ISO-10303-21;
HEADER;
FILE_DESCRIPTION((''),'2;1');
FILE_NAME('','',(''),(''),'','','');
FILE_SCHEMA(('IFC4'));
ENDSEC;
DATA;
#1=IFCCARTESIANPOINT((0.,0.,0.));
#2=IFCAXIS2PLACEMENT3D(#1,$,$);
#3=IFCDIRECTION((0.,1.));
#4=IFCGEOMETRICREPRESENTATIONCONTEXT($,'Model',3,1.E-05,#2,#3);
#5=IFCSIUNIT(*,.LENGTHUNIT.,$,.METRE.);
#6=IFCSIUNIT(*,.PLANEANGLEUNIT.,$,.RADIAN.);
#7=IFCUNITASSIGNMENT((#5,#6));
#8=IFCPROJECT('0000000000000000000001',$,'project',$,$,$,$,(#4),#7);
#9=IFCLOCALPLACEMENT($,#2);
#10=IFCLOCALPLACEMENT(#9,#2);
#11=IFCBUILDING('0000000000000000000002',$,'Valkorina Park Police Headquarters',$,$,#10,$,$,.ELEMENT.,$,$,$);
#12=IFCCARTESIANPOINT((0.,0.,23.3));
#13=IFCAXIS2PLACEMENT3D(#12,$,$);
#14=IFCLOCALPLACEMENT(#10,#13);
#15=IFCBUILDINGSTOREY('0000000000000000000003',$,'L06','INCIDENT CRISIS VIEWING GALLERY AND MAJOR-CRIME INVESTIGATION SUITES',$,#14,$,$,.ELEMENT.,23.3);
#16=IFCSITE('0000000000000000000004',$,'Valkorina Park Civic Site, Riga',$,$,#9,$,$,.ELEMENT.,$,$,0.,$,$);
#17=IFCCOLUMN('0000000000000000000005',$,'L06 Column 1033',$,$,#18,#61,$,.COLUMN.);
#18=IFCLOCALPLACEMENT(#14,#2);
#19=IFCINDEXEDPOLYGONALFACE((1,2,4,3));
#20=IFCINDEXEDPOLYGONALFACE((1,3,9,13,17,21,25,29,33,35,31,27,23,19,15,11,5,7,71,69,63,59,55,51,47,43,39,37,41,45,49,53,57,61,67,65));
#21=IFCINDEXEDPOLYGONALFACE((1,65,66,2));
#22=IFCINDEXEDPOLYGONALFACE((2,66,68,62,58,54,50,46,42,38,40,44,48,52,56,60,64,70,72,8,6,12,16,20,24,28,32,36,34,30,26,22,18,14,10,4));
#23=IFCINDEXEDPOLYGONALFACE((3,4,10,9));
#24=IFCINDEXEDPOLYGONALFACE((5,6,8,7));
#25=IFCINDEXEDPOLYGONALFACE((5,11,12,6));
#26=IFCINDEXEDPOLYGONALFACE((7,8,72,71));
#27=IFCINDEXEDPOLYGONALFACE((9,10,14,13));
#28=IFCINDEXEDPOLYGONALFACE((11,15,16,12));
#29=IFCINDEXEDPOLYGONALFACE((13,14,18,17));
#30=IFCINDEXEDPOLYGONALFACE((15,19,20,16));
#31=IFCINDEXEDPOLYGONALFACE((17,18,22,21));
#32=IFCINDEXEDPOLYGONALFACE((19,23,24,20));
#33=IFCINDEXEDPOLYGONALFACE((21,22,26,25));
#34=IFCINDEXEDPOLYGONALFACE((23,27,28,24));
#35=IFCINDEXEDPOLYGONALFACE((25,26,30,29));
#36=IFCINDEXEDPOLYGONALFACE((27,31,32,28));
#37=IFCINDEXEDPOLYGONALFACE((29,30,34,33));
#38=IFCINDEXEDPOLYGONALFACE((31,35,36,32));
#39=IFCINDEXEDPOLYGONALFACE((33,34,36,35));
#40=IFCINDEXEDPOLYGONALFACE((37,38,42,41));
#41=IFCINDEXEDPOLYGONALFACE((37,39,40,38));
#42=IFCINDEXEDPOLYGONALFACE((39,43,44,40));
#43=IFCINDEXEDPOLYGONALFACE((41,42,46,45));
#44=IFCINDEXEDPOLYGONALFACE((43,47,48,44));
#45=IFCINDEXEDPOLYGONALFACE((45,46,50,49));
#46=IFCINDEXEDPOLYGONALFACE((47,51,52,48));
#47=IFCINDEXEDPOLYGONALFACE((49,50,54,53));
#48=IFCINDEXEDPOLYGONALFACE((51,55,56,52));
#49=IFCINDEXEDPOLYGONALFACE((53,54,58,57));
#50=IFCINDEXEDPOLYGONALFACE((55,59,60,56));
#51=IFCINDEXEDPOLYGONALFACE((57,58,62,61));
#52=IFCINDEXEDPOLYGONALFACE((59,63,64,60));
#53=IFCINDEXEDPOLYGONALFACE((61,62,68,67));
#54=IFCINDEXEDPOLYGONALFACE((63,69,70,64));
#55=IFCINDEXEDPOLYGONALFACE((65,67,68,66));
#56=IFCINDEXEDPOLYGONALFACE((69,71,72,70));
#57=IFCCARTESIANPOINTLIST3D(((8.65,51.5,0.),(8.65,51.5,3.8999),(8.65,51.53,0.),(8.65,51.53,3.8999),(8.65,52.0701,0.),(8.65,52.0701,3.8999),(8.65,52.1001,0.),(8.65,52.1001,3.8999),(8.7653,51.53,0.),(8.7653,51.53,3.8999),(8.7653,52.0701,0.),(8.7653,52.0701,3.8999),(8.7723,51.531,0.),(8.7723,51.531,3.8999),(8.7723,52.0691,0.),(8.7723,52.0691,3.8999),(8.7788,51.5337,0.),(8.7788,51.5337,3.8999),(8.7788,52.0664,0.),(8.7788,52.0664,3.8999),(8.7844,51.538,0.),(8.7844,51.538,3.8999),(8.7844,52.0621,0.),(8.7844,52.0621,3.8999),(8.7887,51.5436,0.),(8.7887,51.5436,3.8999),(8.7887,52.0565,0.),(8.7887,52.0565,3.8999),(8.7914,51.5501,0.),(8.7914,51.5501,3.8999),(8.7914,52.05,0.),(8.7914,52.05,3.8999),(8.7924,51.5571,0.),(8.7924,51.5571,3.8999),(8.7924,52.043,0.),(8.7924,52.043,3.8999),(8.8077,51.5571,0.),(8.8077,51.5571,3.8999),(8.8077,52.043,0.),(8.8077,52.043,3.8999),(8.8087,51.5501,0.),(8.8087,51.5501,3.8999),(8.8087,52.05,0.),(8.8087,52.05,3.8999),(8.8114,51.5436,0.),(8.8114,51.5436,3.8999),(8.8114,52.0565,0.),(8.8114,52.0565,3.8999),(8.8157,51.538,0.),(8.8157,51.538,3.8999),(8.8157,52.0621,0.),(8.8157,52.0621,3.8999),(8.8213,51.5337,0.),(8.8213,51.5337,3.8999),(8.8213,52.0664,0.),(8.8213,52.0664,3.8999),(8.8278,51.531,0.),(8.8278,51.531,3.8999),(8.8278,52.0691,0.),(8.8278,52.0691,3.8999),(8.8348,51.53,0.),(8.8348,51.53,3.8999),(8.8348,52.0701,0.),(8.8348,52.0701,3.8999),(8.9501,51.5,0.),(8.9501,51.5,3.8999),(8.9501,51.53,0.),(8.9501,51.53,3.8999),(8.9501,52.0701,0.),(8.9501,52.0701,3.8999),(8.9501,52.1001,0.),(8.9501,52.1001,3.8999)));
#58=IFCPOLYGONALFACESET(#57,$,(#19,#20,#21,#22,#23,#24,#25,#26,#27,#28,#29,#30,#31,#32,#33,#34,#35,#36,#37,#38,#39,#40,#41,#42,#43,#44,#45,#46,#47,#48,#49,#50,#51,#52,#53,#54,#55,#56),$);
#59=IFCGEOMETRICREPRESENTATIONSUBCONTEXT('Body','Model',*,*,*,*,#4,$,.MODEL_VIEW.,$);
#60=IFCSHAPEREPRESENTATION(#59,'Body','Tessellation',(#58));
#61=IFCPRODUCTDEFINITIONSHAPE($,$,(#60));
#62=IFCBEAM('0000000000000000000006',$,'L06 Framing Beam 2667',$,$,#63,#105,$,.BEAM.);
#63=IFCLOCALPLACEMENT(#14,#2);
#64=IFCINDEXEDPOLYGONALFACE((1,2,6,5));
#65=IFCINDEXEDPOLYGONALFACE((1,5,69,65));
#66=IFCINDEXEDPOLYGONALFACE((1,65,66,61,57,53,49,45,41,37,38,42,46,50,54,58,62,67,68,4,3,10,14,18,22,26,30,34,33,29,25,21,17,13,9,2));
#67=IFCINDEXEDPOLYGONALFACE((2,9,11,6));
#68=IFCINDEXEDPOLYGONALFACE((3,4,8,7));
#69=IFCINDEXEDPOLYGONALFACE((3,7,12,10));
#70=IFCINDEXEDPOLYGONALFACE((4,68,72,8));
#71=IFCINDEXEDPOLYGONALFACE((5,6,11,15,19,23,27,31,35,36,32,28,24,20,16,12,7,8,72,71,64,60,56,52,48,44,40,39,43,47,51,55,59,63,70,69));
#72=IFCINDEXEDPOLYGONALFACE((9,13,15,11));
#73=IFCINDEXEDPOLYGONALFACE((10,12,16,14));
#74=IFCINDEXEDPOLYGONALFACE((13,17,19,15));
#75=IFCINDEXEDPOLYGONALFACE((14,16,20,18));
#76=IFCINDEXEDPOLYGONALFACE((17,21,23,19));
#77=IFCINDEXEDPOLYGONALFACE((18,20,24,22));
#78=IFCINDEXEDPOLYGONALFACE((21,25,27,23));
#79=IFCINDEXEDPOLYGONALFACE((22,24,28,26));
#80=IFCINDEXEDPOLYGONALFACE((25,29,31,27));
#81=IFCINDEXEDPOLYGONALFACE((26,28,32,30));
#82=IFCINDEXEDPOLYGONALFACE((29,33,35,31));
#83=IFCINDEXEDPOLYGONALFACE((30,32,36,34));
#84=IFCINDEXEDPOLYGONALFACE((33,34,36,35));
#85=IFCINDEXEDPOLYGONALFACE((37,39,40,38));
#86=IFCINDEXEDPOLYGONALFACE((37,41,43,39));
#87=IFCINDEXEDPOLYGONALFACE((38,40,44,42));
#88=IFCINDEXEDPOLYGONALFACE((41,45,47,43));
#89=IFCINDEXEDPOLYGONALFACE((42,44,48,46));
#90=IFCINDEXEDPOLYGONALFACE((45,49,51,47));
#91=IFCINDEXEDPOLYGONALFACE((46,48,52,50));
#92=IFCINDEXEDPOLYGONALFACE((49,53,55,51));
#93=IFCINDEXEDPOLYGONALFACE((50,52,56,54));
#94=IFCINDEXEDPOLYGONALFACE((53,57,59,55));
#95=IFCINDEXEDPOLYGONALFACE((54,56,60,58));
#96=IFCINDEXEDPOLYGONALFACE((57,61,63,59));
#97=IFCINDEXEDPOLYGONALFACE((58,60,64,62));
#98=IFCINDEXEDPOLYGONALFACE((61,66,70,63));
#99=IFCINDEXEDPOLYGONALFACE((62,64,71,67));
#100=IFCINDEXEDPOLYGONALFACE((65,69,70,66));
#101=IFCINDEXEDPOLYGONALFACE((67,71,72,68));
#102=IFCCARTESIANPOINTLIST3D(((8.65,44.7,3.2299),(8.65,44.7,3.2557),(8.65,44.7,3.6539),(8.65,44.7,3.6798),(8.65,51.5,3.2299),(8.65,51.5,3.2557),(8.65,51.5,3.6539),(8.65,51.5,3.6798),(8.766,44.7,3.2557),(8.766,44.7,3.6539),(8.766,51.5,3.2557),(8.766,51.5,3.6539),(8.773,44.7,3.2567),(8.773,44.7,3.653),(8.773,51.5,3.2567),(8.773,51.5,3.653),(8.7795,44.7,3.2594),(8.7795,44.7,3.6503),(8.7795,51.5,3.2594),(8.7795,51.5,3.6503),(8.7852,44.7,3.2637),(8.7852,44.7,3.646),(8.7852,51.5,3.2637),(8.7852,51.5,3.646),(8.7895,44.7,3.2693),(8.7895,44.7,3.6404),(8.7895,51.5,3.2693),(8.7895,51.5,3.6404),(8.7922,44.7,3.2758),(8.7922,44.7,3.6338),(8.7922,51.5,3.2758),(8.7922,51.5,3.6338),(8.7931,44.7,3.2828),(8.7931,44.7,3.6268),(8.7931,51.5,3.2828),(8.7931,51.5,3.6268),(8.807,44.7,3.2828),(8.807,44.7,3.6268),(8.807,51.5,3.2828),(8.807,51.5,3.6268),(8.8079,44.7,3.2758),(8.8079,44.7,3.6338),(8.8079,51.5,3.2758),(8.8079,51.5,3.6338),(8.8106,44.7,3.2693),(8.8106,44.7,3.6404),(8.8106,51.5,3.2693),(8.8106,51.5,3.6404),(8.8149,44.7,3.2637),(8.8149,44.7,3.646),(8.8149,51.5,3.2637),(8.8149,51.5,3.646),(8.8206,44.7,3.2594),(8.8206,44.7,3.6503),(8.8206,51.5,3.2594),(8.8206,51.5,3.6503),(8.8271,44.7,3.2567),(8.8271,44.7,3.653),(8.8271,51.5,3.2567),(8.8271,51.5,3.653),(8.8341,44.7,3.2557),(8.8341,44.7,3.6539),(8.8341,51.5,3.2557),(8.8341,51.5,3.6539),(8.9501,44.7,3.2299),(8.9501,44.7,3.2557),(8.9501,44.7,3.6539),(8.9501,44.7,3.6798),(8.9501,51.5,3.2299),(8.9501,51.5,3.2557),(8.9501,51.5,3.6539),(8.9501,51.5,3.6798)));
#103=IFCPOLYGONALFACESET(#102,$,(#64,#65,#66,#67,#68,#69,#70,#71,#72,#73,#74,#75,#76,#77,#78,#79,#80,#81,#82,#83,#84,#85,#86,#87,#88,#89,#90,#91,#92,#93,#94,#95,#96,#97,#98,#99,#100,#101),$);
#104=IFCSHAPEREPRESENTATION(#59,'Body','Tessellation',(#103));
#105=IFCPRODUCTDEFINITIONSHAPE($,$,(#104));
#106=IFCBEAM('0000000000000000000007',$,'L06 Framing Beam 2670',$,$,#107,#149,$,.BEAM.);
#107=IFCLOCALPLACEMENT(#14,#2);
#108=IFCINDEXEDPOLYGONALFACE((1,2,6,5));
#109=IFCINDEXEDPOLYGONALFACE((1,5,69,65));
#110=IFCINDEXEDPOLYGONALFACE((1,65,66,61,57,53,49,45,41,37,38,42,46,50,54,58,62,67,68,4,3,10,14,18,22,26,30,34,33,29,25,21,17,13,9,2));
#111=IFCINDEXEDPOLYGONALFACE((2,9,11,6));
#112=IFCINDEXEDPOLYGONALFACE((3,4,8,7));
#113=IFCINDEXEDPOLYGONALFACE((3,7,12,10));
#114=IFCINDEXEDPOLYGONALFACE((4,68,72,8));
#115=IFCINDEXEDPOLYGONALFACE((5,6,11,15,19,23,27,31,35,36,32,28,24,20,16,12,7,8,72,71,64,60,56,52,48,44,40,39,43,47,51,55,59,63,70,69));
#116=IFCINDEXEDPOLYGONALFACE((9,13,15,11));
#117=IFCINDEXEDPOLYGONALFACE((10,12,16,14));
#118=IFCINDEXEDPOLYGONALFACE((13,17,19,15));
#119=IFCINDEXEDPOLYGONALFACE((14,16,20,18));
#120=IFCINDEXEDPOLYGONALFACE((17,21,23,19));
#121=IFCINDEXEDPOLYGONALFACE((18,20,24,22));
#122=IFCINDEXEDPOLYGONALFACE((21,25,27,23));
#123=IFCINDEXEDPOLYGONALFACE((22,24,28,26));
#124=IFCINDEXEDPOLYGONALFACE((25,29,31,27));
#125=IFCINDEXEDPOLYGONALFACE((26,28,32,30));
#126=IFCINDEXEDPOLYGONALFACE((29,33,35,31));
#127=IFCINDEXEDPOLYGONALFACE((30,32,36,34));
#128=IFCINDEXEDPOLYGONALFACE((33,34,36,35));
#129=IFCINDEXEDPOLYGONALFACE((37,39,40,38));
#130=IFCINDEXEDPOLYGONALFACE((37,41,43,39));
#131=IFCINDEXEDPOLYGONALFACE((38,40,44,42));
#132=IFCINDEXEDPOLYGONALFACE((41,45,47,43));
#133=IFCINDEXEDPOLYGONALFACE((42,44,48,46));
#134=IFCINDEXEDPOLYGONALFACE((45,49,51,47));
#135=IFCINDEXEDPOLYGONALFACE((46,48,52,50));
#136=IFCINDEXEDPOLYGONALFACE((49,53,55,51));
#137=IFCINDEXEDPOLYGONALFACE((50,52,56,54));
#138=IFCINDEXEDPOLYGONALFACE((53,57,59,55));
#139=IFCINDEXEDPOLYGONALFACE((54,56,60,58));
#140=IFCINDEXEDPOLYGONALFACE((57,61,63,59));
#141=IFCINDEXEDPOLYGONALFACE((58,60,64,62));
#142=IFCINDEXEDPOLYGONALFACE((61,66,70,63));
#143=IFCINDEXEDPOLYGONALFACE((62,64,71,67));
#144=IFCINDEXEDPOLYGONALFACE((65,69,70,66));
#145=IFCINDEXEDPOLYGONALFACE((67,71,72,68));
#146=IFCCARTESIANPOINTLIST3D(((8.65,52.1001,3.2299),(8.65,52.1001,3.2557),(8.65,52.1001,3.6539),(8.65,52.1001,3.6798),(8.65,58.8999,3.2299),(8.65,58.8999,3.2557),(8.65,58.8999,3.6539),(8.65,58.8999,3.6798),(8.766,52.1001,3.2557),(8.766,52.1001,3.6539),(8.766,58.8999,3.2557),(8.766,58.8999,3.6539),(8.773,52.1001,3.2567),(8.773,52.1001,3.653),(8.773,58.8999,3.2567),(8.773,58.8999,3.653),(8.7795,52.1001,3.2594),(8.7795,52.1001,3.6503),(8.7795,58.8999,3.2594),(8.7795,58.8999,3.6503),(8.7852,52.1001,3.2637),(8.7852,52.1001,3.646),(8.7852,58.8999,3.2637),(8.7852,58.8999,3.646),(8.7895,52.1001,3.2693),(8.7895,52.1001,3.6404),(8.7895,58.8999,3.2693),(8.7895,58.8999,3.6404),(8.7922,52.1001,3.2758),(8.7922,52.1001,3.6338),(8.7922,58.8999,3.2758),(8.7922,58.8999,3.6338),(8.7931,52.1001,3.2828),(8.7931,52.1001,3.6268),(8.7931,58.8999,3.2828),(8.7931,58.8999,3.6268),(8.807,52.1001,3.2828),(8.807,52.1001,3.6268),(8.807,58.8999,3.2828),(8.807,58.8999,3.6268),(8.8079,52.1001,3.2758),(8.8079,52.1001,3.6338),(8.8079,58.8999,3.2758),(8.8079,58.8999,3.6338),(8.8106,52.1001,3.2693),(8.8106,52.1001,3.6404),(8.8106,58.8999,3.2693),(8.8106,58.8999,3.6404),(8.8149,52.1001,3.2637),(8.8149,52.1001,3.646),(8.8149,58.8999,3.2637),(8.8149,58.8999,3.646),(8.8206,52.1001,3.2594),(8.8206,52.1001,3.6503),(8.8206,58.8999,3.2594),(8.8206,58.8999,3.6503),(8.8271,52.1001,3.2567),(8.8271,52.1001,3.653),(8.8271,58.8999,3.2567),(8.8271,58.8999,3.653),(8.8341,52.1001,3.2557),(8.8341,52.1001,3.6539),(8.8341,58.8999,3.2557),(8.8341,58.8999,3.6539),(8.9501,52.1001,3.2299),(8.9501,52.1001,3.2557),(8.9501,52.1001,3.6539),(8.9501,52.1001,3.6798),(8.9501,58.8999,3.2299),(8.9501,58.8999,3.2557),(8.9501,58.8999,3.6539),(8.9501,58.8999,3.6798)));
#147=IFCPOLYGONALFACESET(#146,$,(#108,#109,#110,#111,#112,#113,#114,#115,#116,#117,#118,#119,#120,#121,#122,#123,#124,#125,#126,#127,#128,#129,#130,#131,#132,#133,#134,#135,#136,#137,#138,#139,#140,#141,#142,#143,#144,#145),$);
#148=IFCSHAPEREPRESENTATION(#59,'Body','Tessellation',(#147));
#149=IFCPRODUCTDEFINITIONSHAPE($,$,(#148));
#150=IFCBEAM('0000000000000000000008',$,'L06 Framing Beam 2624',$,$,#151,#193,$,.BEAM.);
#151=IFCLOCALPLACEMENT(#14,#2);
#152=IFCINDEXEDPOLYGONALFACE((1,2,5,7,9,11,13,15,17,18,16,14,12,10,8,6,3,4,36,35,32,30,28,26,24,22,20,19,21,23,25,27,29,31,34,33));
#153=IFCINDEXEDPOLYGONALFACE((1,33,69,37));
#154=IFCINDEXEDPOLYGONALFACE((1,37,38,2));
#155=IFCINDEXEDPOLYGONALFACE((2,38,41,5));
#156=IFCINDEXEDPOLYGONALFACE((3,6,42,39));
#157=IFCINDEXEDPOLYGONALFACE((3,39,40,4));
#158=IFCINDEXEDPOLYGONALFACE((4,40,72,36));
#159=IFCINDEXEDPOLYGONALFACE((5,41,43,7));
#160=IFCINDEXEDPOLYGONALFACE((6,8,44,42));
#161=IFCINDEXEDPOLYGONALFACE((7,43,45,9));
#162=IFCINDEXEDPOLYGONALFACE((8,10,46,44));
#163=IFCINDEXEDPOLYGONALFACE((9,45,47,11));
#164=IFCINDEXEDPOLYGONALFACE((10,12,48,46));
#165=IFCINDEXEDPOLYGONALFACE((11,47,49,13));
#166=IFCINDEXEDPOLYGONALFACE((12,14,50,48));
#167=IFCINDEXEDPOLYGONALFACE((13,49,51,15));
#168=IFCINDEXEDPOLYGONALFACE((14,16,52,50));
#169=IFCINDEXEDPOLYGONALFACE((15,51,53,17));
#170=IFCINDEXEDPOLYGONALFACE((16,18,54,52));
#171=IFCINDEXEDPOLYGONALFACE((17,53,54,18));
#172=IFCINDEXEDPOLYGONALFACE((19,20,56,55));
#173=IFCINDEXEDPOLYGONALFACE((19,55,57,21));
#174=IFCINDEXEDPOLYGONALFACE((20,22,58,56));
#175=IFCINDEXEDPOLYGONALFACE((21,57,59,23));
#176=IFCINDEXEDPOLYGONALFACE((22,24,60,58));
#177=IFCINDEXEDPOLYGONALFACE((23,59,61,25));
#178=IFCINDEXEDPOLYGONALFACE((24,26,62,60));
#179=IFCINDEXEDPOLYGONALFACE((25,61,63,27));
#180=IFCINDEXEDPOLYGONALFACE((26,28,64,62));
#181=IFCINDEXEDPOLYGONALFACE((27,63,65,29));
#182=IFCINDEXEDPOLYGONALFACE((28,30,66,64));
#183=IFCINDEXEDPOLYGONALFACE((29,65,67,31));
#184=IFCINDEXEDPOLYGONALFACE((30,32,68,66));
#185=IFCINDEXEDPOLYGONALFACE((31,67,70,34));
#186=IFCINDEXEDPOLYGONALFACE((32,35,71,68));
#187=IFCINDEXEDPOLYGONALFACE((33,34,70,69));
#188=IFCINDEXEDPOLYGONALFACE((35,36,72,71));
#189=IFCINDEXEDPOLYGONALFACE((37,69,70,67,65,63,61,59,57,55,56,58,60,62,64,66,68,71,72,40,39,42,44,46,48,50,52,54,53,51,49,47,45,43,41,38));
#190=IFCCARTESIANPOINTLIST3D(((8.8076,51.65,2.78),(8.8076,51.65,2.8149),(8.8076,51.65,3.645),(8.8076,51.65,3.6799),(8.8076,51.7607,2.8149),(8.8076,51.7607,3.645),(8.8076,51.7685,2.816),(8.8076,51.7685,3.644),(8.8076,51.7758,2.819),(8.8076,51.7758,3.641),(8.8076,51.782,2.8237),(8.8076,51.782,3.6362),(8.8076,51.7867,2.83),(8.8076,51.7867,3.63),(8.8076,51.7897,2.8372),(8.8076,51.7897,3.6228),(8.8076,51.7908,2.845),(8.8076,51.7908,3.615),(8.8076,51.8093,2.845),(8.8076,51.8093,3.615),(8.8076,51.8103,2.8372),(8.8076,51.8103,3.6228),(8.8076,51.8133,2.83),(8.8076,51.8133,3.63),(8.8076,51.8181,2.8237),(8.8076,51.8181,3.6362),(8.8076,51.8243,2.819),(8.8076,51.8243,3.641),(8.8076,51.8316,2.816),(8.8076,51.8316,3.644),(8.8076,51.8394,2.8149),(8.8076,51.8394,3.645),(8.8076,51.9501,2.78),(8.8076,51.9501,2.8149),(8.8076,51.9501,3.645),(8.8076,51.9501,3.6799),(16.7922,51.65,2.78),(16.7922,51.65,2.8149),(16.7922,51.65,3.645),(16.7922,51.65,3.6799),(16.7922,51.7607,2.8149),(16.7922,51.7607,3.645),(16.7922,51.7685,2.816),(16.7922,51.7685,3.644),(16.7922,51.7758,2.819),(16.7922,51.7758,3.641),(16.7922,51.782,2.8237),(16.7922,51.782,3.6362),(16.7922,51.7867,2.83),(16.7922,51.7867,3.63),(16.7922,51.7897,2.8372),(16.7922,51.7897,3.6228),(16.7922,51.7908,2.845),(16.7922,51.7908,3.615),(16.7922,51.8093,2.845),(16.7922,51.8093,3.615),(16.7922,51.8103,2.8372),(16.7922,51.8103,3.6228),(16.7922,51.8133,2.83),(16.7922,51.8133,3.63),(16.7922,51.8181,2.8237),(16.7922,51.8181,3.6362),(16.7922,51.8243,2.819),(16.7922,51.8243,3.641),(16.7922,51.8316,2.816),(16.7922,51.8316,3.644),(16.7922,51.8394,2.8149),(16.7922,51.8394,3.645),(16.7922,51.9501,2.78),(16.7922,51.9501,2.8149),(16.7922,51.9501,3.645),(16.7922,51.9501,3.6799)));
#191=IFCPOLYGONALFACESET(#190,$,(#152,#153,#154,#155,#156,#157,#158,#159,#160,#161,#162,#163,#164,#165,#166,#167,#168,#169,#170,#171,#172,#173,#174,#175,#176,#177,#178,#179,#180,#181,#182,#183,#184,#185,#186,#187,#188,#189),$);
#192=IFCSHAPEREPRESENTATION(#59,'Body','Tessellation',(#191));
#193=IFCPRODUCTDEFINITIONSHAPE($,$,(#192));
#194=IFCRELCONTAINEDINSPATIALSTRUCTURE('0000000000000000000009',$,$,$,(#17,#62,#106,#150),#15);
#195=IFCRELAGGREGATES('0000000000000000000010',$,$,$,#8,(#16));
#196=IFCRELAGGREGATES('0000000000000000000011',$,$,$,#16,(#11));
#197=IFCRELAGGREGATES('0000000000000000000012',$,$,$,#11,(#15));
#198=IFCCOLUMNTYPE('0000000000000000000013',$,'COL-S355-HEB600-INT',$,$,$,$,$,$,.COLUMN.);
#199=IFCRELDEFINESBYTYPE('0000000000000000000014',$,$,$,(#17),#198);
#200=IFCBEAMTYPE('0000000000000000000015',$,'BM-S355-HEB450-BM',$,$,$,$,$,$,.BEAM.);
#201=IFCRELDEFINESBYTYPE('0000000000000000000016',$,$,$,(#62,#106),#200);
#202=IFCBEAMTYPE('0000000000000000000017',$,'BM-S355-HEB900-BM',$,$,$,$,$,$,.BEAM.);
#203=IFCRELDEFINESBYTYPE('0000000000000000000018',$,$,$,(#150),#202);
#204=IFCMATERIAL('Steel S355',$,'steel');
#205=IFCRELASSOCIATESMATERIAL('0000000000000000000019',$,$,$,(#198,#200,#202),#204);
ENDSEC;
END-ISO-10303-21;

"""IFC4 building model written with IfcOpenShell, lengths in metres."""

from ifc_helpers import new_model, si_unit, direction, frame, origin, origin_2d, place, context, subcontext, project, spatial, i_section, extrude, material, material_profile, profile_set, type_object, element, save


model = new_model("IFC4")

# Units and contexts
model_context = context("Model", 3, precision=1e-05, world=origin(), true_north=direction((0.0, 1.0)))
body_context = subcontext(model_context, "Body", "Model", "MODEL_VIEW")
ifc_project = project(units=[si_unit("LENGTHUNIT", "METRE"), si_unit("PLANEANGLEUNIT", "RADIAN")], contexts=[model_context])

# Site, building, storey
site_placement = place(None, origin())
site = spatial("IfcSite", under=ifc_project, at=site_placement, Name="Valkorina Park Civic Site, Riga", CompositionType="ELEMENT", RefElevation=0.0)
building_placement = place(site_placement, origin())
building = spatial("IfcBuilding", under=site, at=building_placement, Name="Valkorina Park Police Headquarters", CompositionType="ELEMENT")
storey_placement = place(building_placement, frame((0.0, 0.0, 23.3)))
storey = spatial("IfcBuildingStorey", under=building, at=storey_placement, Name="L06", Description="INCIDENT CRISIS VIEWING GALLERY AND MAJOR-CRIME INVESTIGATION SUITES", CompositionType="ELEMENT", Elevation=23.3)

# Column
ifc_material_1 = material(Name="Steel S355", Category="steel")
ifc_material_profile_1 = material_profile(ifc_material_1, i_section(OverallWidth=0.3, OverallDepth=0.6001, WebThickness=0.0154, FlangeThickness=0.03, FilletRadius=0.0271, at=origin_2d()), Name="HEB 600")
ifc_profile_set_1 = profile_set([ifc_material_profile_1], Name="Steel S355")
column_type = type_object("IfcColumnType", Name="COL-S355-HEB600-INT", PredefinedType="COLUMN", material=ifc_profile_set_1)
column_placement = place(storey_placement, frame((8.8, 51.8, 0.0), z_axis=(0.0, 0.0, 1.0), x_axis=(1.0, 0.0, 0.0)))
element("IfcColumn", 1, at=column_placement, inside=storey, type_object=column_type, Name="L06 Column 1033", PredefinedType="COLUMN", context=body_context, shape_type="SweptSolid", body=[
    extrude(i_section(OverallWidth=0.3, OverallDepth=0.6001, WebThickness=0.0154, FlangeThickness=0.03, FilletRadius=0.0271, at=origin_2d()), origin(), (0.0, 0.0, 1.0), 3.8999),
])

# Beams
ifc_material_profile_2 = material_profile(ifc_material_1, i_section(OverallWidth=0.3, OverallDepth=0.45, WebThickness=0.0139, FlangeThickness=0.0259, FilletRadius=0.0271, at=origin_2d()), Name="HEB 450")
ifc_profile_set_2 = profile_set([ifc_material_profile_2], Name="Steel S355")
beam_type_1 = type_object("IfcBeamType", Name="BM-S355-HEB450-BM", PredefinedType="BEAM", material=ifc_profile_set_2)
beam_1_placement = place(storey_placement, frame((8.8, 44.7, 3.4548), z_axis=(0.0, 1.0, 0.0), x_axis=(-1.0, 0.0, 0.0)))
element("IfcBeam", 2, at=beam_1_placement, inside=storey, type_object=beam_type_1, Name="L06 Framing Beam 2667", PredefinedType="BEAM", context=body_context, shape_type="SweptSolid", body=[
    extrude(i_section(OverallWidth=0.3, OverallDepth=0.45, WebThickness=0.0139, FlangeThickness=0.0259, FilletRadius=0.0271, at=origin_2d()), origin(), (0.0, 0.0, 1.0), 6.8),
])
beam_2_placement = place(storey_placement, frame((8.8, 52.1001, 3.4548), z_axis=(0.0, 1.0, 0.0), x_axis=(-1.0, 0.0, 0.0)))
element("IfcBeam", 3, at=beam_2_placement, inside=storey, type_object=beam_type_1, Name="L06 Framing Beam 2670", PredefinedType="BEAM", context=body_context, shape_type="SweptSolid", body=[
    extrude(i_section(OverallWidth=0.3, OverallDepth=0.45, WebThickness=0.0139, FlangeThickness=0.0259, FilletRadius=0.0271, at=origin_2d()), origin(), (0.0, 0.0, 1.0), 6.7998),
])
ifc_material_profile_3 = material_profile(ifc_material_1, i_section(OverallWidth=0.3, OverallDepth=0.8999, WebThickness=0.0186, FlangeThickness=0.0349, FilletRadius=0.03, at=origin_2d()), Name="HEB 900")
ifc_profile_set_3 = profile_set([ifc_material_profile_3], Name="Steel S355")
beam_type_2 = type_object("IfcBeamType", Name="BM-S355-HEB900-BM", PredefinedType="BEAM", material=ifc_profile_set_3)
beam_3_placement = place(storey_placement, frame((8.8076, 51.8, 3.23), z_axis=(1.0, 0.0, 0.0), x_axis=(0.0, 1.0, 0.0)))
element("IfcBeam", 4, at=beam_3_placement, inside=storey, type_object=beam_type_2, Name="L06 Framing Beam 2624", PredefinedType="BEAM", context=body_context, shape_type="SweptSolid", body=[
    extrude(i_section(OverallWidth=0.3, OverallDepth=0.8999, WebThickness=0.0186, FlangeThickness=0.0349, FilletRadius=0.03, at=origin_2d()), origin(), (0.0, 0.0, 1.0), 7.9846),
])

save(model, "model.ifc")
